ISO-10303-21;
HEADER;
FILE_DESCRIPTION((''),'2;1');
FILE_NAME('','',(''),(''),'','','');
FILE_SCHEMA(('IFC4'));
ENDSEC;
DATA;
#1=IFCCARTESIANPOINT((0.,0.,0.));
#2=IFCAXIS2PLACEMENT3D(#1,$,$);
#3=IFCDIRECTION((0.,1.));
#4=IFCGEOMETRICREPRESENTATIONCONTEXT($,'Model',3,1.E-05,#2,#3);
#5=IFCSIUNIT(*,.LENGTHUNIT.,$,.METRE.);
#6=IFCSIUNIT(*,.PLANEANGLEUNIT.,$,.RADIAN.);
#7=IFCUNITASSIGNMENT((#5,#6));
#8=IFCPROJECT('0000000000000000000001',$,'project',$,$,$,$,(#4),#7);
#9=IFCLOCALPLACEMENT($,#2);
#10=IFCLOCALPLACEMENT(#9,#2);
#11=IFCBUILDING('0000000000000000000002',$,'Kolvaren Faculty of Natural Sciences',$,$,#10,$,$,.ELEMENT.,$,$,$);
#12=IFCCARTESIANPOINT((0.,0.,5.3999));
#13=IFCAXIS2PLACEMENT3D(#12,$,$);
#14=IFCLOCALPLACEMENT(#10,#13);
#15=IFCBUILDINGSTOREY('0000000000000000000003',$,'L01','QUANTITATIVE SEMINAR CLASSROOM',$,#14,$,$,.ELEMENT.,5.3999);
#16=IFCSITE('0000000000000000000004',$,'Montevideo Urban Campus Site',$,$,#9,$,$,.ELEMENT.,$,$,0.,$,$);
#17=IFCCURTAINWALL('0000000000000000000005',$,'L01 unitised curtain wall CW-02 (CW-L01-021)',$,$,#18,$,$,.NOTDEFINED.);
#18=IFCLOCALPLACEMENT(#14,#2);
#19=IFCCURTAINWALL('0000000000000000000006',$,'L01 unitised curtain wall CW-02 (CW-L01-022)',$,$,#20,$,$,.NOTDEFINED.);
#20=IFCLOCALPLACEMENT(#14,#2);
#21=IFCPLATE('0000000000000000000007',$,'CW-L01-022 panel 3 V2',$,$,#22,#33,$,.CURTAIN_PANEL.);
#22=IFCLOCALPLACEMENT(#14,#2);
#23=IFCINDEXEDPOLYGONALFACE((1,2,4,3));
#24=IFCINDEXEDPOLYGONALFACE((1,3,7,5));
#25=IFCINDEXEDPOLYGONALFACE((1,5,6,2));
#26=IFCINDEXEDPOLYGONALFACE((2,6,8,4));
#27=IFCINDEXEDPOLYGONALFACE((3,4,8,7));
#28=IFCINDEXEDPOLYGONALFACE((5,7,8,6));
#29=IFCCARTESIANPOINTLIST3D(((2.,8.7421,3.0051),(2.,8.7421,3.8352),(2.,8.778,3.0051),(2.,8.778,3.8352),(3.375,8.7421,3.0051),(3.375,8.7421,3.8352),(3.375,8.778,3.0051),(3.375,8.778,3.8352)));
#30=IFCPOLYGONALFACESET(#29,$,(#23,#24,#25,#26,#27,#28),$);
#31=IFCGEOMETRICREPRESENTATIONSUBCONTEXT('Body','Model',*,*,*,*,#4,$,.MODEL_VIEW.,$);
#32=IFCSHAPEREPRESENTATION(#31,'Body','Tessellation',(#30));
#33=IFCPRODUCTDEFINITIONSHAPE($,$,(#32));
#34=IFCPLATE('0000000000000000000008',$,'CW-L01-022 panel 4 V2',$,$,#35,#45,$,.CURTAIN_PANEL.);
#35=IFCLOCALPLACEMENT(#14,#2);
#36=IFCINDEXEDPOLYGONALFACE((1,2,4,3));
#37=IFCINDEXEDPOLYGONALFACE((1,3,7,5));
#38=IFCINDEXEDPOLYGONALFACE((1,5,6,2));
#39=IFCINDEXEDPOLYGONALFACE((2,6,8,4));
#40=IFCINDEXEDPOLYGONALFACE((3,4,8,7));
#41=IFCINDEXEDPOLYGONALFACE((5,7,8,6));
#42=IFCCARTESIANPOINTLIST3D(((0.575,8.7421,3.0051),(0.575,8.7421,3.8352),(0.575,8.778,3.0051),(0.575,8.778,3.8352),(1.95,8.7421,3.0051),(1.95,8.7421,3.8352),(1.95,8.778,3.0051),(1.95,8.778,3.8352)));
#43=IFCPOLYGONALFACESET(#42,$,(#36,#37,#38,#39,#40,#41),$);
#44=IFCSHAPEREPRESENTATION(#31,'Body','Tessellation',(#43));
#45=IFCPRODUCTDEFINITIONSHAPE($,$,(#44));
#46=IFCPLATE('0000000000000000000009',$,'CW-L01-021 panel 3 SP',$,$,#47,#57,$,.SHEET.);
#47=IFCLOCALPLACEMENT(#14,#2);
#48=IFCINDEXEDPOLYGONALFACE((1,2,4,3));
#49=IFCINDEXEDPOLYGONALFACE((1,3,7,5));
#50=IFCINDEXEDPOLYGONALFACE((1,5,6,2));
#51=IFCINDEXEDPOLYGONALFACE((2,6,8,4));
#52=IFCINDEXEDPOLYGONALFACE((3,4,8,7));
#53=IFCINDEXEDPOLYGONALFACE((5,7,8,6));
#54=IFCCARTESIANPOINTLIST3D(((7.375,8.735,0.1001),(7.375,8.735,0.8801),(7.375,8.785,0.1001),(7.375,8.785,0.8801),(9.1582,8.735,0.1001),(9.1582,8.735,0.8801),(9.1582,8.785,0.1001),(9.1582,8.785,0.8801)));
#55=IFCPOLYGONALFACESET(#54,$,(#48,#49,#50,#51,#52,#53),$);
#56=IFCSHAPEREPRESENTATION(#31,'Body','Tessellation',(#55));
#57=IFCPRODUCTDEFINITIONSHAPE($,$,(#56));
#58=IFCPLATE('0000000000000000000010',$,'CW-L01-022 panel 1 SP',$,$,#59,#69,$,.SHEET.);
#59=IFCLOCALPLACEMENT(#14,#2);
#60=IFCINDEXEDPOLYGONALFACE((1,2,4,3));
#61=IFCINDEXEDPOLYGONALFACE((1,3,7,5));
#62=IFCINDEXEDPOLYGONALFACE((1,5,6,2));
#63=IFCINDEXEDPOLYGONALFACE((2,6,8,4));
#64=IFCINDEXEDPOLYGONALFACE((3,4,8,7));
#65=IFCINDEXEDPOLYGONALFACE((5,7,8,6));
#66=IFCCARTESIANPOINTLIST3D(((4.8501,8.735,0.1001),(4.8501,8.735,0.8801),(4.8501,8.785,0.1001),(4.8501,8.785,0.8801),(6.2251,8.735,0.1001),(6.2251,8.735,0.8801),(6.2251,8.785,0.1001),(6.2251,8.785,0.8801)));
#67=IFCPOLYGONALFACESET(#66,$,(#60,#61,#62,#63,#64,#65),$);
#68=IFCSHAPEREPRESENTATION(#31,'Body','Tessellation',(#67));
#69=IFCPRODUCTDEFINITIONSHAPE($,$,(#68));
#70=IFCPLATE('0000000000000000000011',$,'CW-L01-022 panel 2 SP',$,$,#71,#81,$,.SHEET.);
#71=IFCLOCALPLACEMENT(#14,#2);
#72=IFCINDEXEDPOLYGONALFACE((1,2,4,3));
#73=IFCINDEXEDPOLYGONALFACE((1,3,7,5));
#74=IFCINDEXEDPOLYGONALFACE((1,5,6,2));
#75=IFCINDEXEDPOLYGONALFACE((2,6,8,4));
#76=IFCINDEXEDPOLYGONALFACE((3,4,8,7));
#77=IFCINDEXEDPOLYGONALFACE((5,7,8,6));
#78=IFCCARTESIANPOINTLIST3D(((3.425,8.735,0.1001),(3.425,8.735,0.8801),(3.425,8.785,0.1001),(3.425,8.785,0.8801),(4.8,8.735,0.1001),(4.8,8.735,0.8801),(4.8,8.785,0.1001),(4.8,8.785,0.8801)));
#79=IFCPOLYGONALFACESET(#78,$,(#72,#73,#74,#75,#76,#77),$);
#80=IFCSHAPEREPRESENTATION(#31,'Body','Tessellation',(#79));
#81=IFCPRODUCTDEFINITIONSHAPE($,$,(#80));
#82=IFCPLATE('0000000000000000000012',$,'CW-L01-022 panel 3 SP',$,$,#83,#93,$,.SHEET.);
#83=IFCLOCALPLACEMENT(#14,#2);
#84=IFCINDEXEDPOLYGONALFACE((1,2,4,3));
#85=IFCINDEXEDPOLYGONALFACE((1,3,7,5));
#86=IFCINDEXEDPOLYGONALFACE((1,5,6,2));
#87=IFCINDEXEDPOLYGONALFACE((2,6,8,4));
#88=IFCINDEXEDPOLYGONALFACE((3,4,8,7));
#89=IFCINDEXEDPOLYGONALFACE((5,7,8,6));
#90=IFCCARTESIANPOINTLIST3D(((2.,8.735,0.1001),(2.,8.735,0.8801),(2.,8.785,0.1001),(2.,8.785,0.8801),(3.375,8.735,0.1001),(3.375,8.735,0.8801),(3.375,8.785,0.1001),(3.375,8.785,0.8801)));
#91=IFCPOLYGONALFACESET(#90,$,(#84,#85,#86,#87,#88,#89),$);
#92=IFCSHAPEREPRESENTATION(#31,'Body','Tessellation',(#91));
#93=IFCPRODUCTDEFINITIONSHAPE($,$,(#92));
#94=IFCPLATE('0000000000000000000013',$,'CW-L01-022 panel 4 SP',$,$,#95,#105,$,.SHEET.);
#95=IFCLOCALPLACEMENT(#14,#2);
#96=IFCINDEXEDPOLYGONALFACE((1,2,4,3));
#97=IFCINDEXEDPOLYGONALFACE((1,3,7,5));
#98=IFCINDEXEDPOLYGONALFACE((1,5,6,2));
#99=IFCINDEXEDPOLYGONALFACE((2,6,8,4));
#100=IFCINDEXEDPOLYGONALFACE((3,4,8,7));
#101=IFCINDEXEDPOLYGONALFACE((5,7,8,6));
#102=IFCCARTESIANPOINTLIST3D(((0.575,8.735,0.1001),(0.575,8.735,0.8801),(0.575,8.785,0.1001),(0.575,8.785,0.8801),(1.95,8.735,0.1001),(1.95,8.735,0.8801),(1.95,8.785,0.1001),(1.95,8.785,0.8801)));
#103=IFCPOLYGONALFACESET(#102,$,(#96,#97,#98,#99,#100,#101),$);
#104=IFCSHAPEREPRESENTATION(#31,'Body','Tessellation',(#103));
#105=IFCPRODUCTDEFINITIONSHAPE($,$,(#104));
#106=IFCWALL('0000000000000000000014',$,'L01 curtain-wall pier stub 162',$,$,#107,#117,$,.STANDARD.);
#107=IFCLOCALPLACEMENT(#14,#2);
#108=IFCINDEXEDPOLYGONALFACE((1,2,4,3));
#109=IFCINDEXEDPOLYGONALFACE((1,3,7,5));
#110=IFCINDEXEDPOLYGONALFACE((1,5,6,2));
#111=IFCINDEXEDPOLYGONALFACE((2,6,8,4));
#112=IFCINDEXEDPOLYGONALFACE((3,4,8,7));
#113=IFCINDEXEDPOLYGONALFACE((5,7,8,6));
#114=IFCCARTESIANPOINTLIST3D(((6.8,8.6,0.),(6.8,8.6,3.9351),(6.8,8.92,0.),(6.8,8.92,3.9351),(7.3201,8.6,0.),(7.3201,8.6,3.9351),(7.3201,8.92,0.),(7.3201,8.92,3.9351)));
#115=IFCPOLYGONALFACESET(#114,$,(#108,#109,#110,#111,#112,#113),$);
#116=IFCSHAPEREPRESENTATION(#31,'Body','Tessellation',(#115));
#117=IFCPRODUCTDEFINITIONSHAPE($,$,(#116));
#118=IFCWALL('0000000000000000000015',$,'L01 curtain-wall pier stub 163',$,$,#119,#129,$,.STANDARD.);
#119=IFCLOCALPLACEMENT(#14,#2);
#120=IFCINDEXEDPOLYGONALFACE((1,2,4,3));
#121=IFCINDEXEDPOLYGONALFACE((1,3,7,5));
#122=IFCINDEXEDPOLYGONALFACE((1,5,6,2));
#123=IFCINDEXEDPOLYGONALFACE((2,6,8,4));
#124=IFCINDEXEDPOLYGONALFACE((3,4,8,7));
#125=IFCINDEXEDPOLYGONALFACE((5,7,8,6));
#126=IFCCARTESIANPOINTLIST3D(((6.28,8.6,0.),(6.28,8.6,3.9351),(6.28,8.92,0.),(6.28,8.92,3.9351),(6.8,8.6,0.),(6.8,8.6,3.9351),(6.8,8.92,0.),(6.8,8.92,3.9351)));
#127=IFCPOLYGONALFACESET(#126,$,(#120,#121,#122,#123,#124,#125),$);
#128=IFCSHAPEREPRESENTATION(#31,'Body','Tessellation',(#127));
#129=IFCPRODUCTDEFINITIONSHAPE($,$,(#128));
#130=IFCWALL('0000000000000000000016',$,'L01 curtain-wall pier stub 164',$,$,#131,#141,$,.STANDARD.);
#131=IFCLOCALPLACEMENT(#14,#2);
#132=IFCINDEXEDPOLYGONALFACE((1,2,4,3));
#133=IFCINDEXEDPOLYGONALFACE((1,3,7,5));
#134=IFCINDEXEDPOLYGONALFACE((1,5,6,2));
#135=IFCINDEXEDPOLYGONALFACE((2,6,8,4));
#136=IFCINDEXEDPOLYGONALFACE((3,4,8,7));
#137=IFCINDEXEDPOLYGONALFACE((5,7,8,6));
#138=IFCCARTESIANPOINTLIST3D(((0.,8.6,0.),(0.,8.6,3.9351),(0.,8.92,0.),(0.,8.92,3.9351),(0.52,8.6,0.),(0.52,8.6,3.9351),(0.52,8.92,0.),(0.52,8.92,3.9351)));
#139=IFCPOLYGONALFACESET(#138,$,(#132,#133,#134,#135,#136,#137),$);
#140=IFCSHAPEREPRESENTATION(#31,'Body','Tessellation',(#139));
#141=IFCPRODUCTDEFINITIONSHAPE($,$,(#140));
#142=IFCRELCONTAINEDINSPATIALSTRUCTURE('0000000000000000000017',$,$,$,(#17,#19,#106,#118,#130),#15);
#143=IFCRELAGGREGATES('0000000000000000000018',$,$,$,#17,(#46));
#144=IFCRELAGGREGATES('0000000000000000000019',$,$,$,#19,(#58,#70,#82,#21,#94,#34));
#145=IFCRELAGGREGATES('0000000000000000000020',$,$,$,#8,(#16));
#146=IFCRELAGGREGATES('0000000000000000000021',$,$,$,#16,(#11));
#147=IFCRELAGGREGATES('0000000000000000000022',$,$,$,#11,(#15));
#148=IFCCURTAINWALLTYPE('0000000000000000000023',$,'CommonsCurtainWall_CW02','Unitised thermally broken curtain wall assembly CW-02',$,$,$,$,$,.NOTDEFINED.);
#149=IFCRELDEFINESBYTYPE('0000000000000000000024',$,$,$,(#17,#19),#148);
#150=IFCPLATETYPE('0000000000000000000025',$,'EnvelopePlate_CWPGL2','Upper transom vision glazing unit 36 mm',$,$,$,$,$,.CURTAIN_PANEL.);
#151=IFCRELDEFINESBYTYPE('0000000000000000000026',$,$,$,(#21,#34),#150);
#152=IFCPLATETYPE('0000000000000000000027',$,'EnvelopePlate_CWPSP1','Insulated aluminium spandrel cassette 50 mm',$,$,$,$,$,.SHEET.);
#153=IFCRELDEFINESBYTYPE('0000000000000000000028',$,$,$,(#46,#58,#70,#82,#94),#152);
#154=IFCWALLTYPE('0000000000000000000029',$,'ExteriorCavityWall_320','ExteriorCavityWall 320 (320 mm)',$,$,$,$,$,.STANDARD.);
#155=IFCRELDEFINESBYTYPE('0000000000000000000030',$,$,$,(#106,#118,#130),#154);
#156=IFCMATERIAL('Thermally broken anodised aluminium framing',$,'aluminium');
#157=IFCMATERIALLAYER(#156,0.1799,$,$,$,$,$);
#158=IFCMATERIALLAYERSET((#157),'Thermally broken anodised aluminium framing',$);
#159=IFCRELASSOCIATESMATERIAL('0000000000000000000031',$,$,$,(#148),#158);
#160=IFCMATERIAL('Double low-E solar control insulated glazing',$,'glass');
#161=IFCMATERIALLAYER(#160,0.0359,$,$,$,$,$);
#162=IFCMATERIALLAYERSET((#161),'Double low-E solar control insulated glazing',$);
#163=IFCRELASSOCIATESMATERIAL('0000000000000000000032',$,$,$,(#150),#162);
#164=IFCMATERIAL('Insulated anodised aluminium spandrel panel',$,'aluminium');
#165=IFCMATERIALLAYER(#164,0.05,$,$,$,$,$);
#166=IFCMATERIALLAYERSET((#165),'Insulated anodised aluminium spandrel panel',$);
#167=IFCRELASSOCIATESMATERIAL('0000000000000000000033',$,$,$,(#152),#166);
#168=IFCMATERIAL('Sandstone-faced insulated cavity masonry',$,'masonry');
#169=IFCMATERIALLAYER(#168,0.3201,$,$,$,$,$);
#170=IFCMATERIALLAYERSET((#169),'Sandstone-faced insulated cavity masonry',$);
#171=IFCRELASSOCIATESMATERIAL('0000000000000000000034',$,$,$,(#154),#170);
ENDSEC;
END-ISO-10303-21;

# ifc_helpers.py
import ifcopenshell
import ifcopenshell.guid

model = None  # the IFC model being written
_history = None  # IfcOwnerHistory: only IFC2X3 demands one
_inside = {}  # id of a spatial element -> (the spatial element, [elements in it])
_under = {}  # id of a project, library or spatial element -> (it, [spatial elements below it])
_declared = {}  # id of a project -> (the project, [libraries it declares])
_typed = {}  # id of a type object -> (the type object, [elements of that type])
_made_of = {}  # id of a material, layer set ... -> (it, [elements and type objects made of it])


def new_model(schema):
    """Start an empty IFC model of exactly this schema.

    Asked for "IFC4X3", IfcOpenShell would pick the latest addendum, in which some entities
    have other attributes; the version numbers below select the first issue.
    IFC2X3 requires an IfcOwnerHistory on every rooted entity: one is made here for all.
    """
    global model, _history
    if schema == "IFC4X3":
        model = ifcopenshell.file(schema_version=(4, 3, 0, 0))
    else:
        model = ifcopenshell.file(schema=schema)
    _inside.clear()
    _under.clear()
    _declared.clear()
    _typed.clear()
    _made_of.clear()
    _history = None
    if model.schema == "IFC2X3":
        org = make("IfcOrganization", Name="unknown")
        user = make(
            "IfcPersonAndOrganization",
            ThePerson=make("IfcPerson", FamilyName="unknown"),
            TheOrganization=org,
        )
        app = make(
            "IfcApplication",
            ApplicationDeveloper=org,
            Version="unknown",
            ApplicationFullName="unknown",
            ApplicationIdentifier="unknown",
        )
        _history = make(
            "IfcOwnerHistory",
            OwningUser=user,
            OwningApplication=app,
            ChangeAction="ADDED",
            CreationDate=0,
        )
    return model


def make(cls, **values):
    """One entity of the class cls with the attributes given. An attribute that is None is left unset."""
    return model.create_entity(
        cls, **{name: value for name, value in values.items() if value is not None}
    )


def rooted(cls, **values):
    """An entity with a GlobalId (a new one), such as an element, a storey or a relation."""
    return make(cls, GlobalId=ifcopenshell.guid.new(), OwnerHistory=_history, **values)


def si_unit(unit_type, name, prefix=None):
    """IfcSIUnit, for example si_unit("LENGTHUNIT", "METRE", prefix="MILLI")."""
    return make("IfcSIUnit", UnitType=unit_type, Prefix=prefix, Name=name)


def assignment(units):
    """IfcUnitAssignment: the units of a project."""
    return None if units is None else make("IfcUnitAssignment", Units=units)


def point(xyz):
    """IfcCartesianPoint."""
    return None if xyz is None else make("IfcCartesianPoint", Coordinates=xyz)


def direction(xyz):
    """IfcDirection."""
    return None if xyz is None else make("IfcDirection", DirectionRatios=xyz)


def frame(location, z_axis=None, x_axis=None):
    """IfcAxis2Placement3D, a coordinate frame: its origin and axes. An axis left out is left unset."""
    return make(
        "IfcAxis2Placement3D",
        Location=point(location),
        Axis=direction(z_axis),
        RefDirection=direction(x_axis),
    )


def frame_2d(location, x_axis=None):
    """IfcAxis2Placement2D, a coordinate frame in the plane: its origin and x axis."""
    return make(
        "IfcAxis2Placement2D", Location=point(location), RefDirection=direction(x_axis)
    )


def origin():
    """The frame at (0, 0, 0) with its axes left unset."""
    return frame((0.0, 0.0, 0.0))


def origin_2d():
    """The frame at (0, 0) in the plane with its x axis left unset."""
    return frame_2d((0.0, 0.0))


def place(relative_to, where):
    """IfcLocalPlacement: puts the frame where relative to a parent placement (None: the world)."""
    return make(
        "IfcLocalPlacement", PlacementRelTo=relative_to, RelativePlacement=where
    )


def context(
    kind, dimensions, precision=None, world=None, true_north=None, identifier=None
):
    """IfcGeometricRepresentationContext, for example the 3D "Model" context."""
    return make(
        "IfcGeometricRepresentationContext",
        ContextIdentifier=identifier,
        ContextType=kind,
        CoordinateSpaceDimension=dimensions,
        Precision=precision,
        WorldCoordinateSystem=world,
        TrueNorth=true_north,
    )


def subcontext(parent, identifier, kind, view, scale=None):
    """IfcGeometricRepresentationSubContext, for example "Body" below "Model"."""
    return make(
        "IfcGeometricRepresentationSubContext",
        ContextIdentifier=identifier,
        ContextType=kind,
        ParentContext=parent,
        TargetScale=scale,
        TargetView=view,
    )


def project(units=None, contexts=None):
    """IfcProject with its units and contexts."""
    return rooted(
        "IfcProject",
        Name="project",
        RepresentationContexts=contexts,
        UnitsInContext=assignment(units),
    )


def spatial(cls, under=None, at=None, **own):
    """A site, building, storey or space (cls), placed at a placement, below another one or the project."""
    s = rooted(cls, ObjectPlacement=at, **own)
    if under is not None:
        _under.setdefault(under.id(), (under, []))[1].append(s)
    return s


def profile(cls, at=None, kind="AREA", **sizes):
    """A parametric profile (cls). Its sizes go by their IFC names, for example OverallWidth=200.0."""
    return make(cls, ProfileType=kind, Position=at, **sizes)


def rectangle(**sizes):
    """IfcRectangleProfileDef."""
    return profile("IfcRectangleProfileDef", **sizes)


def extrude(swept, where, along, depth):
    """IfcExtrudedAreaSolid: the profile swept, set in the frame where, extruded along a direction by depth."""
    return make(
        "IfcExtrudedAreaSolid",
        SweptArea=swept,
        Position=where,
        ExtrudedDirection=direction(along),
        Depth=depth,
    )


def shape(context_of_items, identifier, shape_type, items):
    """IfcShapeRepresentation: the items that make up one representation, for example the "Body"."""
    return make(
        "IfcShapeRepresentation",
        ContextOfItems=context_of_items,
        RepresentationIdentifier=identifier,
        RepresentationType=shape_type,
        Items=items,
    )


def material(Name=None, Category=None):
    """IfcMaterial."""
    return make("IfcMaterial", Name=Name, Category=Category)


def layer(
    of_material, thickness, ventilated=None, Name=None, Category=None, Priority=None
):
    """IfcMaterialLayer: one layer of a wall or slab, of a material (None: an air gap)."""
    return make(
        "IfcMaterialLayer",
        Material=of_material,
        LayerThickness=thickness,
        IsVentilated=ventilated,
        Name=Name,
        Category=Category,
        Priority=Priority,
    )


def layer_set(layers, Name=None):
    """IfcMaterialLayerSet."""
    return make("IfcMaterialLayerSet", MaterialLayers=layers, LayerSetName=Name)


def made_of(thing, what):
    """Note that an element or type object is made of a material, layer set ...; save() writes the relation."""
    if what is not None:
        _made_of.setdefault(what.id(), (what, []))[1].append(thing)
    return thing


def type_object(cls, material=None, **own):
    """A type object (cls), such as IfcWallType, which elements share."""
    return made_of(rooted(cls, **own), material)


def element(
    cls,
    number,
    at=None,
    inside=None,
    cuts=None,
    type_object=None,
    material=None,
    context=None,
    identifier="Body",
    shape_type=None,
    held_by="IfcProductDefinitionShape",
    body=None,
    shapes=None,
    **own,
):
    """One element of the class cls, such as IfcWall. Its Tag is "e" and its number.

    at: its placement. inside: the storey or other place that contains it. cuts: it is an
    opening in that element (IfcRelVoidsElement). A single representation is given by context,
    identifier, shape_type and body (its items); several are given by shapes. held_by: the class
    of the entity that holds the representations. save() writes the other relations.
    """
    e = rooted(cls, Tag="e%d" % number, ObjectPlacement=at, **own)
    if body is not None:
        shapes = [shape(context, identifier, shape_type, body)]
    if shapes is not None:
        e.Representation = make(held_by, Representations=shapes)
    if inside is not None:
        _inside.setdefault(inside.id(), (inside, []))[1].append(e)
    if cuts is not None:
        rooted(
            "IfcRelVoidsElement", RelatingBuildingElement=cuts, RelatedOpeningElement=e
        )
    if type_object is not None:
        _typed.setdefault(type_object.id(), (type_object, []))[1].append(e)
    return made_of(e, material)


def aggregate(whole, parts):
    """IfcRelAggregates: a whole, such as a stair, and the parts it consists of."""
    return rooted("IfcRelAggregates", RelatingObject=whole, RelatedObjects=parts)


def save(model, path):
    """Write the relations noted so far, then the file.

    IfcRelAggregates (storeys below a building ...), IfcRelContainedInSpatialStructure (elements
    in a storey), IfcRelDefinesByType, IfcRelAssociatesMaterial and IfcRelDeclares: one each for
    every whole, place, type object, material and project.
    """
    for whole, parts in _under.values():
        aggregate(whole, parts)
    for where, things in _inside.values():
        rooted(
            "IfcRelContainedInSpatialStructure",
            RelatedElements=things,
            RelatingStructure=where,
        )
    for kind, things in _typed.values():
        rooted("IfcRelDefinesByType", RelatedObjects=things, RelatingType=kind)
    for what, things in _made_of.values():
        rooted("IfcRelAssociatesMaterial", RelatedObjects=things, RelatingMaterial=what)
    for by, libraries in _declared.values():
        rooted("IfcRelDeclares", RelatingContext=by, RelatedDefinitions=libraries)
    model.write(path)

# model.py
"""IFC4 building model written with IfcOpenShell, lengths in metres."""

from ifc_helpers import new_model, si_unit, direction, frame, frame_2d, origin, origin_2d, place, context, subcontext, project, spatial, rectangle, extrude, material, layer, layer_set, type_object, element, aggregate, save


model = new_model("IFC4")

# Units and contexts
model_context = context("Model", 3, precision=1e-05, world=origin(), true_north=direction((0.0, 1.0)))
body_context = subcontext(model_context, "Body", "Model", "MODEL_VIEW")
ifc_project = project(units=[si_unit("LENGTHUNIT", "METRE"), si_unit("PLANEANGLEUNIT", "RADIAN")], contexts=[model_context])

# Site, building, storey
site_placement = place(None, origin())
site = spatial("IfcSite", under=ifc_project, at=site_placement, Name="Montevideo Urban Campus Site", CompositionType="ELEMENT", RefElevation=0.0)
building_placement = place(site_placement, origin())
building = spatial("IfcBuilding", under=site, at=building_placement, Name="Kolvaren Faculty of Natural Sciences", CompositionType="ELEMENT")
storey_placement = place(building_placement, frame((0.0, 0.0, 5.3999)))
storey = spatial("IfcBuildingStorey", under=building, at=storey_placement, Name="L01", Description="QUANTITATIVE SEMINAR CLASSROOM", CompositionType="ELEMENT", Elevation=5.3999)

# Curtain walls
ifc_material_1 = material(Name="Thermally broken anodised aluminium framing", Category="aluminium")
ifc_layer_1 = layer(ifc_material_1, 0.1799)
ifc_layer_set_1 = layer_set([ifc_layer_1], Name="Thermally broken anodised aluminium framing")
curtain_wall_type = type_object("IfcCurtainWallType", Name="CommonsCurtainWall_CW02", Description="Unitised thermally broken curtain wall assembly CW-02", PredefinedType="NOTDEFINED", material=ifc_layer_set_1)
curtain_wall_1_placement = place(storey_placement, origin())
curtain_wall_1 = element("IfcCurtainWall", 1, at=curtain_wall_1_placement, inside=storey, type_object=curtain_wall_type, Name="L01 unitised curtain wall CW-02 (CW-L01-021)", PredefinedType="NOTDEFINED")
curtain_wall_2_placement = place(storey_placement, origin())
curtain_wall_2 = element("IfcCurtainWall", 2, at=curtain_wall_2_placement, inside=storey, type_object=curtain_wall_type, Name="L01 unitised curtain wall CW-02 (CW-L01-022)", PredefinedType="NOTDEFINED")

# Plates
ifc_material_2 = material(Name="Double low-E solar control insulated glazing", Category="glass")
ifc_layer_2 = layer(ifc_material_2, 0.0359)
ifc_layer_set_2 = layer_set([ifc_layer_2], Name="Double low-E solar control insulated glazing")
plate_type_1 = type_object("IfcPlateType", Name="EnvelopePlate_CWPGL2", Description="Upper transom vision glazing unit 36 mm", PredefinedType="CURTAIN_PANEL", material=ifc_layer_set_2)
plate_1_placement = place(storey_placement, frame((2.6875, 8.76, 3.0051), z_axis=(0.0, 0.0, 1.0), x_axis=(-1.0, 0.0, 0.0)))
plate_1 = element("IfcPlate", 3, at=plate_1_placement, type_object=plate_type_1, Name="CW-L01-022 panel 3 V2", PredefinedType="CURTAIN_PANEL", context=body_context, shape_type="SweptSolid", body=[
    extrude(rectangle(XDim=1.375, YDim=0.0359, at=origin_2d()), origin(), (0.0, 0.0, 1.0), 0.8301),
])
plate_2_placement = place(storey_placement, frame((1.2625, 8.76, 3.0051), z_axis=(0.0, 0.0, 1.0), x_axis=(-1.0, 0.0, 0.0)))
plate_2 = element("IfcPlate", 4, at=plate_2_placement, type_object=plate_type_1, Name="CW-L01-022 panel 4 V2", PredefinedType="CURTAIN_PANEL", context=body_context, shape_type="SweptSolid", body=[
    extrude(rectangle(XDim=1.375, YDim=0.0359, at=origin_2d()), origin(), (0.0, 0.0, 1.0), 0.8301),
])
ifc_material_3 = material(Name="Insulated anodised aluminium spandrel panel", Category="aluminium")
ifc_layer_3 = layer(ifc_material_3, 0.05)
ifc_layer_set_3 = layer_set([ifc_layer_3], Name="Insulated anodised aluminium spandrel panel")
plate_type_2 = type_object("IfcPlateType", Name="EnvelopePlate_CWPSP1", Description="Insulated aluminium spandrel cassette 50 mm", PredefinedType="SHEET", material=ifc_layer_set_3)
plate_3_placement = place(storey_placement, frame((8.2666, 8.76, 0.1001), z_axis=(0.0, 0.0, 1.0), x_axis=(-1.0, 0.0, 0.0)))
plate_3 = element("IfcPlate", 5, at=plate_3_placement, type_object=plate_type_2, Name="CW-L01-021 panel 3 SP", PredefinedType="SHEET", context=body_context, shape_type="SweptSolid", body=[
    extrude(rectangle(XDim=1.7832, YDim=0.05, at=origin_2d()), origin(), (0.0, 0.0, 1.0), 0.78),
])
aggregate(curtain_wall_1, [plate_3])
plate_4_placement = place(storey_placement, frame((5.5376, 8.76, 0.1001), z_axis=(0.0, 0.0, 1.0), x_axis=(-1.0, 0.0, 0.0)))
plate_4 = element("IfcPlate", 6, at=plate_4_placement, type_object=plate_type_2, Name="CW-L01-022 panel 1 SP", PredefinedType="SHEET", context=body_context, shape_type="SweptSolid", body=[
    extrude(rectangle(XDim=1.375, YDim=0.05, at=origin_2d()), origin(), (0.0, 0.0, 1.0), 0.78),
])
plate_5_placement = place(storey_placement, frame((4.1125, 8.76, 0.1001), z_axis=(0.0, 0.0, 1.0), x_axis=(-1.0, 0.0, 0.0)))
plate_5 = element("IfcPlate", 7, at=plate_5_placement, type_object=plate_type_2, Name="CW-L01-022 panel 2 SP", PredefinedType="SHEET", context=body_context, shape_type="SweptSolid", body=[
    extrude(rectangle(XDim=1.375, YDim=0.05, at=origin_2d()), origin(), (0.0, 0.0, 1.0), 0.78),
])
plate_6_placement = place(storey_placement, frame((2.6875, 8.76, 0.1001), z_axis=(0.0, 0.0, 1.0), x_axis=(-1.0, 0.0, 0.0)))
plate_6 = element("IfcPlate", 8, at=plate_6_placement, type_object=plate_type_2, Name="CW-L01-022 panel 3 SP", PredefinedType="SHEET", context=body_context, shape_type="SweptSolid", body=[
    extrude(rectangle(XDim=1.375, YDim=0.05, at=origin_2d()), origin(), (0.0, 0.0, 1.0), 0.78),
])
plate_7_placement = place(storey_placement, frame((1.2625, 8.76, 0.1001), z_axis=(0.0, 0.0, 1.0), x_axis=(-1.0, 0.0, 0.0)))
plate_7 = element("IfcPlate", 9, at=plate_7_placement, type_object=plate_type_2, Name="CW-L01-022 panel 4 SP", PredefinedType="SHEET", context=body_context, shape_type="SweptSolid", body=[
    extrude(rectangle(XDim=1.375, YDim=0.05, at=origin_2d()), origin(), (0.0, 0.0, 1.0), 0.78),
])
aggregate(curtain_wall_2, [plate_4, plate_5, plate_6, plate_1, plate_7, plate_2])

# Walls
ifc_material_4 = material(Name="Sandstone-faced insulated cavity masonry", Category="masonry")
ifc_layer_4 = layer(ifc_material_4, 0.3201)
ifc_layer_set_4 = layer_set([ifc_layer_4], Name="Sandstone-faced insulated cavity masonry")
wall_type = type_object("IfcWallType", Name="ExteriorCavityWall_320", Description="ExteriorCavityWall 320 (320 mm)", PredefinedType="STANDARD", material=ifc_layer_set_4)
for number, where, z_axis, x_axis, name in (
    (10, (7.3201, 8.76, 0.0), (0.0, 0.0, 1.0), (-1.0, 0.0, 0.0), "L01 curtain-wall pier stub 162"),
    (11, (6.8, 8.76, 0.0), (0.0, 0.0, 1.0), (-1.0, 0.0, 0.0), "L01 curtain-wall pier stub 163"),
    (12, (0.52, 8.76, 0.0), (0.0, 0.0, 1.0), (-1.0, 0.0, 0.0), "L01 curtain-wall pier stub 164"),
):
    element("IfcWall", number, at=place(storey_placement, frame(where, z_axis=z_axis, x_axis=x_axis)), inside=storey, type_object=wall_type, Name=name, PredefinedType="STANDARD", context=body_context, shape_type="SweptSolid", body=[
        extrude(rectangle(XDim=0.52, YDim=0.3201, at=frame_2d((0.26, 0.0))), origin(), (0.0, 0.0, 1.0), 3.9351),
    ])

save(model, "model.ifc")
